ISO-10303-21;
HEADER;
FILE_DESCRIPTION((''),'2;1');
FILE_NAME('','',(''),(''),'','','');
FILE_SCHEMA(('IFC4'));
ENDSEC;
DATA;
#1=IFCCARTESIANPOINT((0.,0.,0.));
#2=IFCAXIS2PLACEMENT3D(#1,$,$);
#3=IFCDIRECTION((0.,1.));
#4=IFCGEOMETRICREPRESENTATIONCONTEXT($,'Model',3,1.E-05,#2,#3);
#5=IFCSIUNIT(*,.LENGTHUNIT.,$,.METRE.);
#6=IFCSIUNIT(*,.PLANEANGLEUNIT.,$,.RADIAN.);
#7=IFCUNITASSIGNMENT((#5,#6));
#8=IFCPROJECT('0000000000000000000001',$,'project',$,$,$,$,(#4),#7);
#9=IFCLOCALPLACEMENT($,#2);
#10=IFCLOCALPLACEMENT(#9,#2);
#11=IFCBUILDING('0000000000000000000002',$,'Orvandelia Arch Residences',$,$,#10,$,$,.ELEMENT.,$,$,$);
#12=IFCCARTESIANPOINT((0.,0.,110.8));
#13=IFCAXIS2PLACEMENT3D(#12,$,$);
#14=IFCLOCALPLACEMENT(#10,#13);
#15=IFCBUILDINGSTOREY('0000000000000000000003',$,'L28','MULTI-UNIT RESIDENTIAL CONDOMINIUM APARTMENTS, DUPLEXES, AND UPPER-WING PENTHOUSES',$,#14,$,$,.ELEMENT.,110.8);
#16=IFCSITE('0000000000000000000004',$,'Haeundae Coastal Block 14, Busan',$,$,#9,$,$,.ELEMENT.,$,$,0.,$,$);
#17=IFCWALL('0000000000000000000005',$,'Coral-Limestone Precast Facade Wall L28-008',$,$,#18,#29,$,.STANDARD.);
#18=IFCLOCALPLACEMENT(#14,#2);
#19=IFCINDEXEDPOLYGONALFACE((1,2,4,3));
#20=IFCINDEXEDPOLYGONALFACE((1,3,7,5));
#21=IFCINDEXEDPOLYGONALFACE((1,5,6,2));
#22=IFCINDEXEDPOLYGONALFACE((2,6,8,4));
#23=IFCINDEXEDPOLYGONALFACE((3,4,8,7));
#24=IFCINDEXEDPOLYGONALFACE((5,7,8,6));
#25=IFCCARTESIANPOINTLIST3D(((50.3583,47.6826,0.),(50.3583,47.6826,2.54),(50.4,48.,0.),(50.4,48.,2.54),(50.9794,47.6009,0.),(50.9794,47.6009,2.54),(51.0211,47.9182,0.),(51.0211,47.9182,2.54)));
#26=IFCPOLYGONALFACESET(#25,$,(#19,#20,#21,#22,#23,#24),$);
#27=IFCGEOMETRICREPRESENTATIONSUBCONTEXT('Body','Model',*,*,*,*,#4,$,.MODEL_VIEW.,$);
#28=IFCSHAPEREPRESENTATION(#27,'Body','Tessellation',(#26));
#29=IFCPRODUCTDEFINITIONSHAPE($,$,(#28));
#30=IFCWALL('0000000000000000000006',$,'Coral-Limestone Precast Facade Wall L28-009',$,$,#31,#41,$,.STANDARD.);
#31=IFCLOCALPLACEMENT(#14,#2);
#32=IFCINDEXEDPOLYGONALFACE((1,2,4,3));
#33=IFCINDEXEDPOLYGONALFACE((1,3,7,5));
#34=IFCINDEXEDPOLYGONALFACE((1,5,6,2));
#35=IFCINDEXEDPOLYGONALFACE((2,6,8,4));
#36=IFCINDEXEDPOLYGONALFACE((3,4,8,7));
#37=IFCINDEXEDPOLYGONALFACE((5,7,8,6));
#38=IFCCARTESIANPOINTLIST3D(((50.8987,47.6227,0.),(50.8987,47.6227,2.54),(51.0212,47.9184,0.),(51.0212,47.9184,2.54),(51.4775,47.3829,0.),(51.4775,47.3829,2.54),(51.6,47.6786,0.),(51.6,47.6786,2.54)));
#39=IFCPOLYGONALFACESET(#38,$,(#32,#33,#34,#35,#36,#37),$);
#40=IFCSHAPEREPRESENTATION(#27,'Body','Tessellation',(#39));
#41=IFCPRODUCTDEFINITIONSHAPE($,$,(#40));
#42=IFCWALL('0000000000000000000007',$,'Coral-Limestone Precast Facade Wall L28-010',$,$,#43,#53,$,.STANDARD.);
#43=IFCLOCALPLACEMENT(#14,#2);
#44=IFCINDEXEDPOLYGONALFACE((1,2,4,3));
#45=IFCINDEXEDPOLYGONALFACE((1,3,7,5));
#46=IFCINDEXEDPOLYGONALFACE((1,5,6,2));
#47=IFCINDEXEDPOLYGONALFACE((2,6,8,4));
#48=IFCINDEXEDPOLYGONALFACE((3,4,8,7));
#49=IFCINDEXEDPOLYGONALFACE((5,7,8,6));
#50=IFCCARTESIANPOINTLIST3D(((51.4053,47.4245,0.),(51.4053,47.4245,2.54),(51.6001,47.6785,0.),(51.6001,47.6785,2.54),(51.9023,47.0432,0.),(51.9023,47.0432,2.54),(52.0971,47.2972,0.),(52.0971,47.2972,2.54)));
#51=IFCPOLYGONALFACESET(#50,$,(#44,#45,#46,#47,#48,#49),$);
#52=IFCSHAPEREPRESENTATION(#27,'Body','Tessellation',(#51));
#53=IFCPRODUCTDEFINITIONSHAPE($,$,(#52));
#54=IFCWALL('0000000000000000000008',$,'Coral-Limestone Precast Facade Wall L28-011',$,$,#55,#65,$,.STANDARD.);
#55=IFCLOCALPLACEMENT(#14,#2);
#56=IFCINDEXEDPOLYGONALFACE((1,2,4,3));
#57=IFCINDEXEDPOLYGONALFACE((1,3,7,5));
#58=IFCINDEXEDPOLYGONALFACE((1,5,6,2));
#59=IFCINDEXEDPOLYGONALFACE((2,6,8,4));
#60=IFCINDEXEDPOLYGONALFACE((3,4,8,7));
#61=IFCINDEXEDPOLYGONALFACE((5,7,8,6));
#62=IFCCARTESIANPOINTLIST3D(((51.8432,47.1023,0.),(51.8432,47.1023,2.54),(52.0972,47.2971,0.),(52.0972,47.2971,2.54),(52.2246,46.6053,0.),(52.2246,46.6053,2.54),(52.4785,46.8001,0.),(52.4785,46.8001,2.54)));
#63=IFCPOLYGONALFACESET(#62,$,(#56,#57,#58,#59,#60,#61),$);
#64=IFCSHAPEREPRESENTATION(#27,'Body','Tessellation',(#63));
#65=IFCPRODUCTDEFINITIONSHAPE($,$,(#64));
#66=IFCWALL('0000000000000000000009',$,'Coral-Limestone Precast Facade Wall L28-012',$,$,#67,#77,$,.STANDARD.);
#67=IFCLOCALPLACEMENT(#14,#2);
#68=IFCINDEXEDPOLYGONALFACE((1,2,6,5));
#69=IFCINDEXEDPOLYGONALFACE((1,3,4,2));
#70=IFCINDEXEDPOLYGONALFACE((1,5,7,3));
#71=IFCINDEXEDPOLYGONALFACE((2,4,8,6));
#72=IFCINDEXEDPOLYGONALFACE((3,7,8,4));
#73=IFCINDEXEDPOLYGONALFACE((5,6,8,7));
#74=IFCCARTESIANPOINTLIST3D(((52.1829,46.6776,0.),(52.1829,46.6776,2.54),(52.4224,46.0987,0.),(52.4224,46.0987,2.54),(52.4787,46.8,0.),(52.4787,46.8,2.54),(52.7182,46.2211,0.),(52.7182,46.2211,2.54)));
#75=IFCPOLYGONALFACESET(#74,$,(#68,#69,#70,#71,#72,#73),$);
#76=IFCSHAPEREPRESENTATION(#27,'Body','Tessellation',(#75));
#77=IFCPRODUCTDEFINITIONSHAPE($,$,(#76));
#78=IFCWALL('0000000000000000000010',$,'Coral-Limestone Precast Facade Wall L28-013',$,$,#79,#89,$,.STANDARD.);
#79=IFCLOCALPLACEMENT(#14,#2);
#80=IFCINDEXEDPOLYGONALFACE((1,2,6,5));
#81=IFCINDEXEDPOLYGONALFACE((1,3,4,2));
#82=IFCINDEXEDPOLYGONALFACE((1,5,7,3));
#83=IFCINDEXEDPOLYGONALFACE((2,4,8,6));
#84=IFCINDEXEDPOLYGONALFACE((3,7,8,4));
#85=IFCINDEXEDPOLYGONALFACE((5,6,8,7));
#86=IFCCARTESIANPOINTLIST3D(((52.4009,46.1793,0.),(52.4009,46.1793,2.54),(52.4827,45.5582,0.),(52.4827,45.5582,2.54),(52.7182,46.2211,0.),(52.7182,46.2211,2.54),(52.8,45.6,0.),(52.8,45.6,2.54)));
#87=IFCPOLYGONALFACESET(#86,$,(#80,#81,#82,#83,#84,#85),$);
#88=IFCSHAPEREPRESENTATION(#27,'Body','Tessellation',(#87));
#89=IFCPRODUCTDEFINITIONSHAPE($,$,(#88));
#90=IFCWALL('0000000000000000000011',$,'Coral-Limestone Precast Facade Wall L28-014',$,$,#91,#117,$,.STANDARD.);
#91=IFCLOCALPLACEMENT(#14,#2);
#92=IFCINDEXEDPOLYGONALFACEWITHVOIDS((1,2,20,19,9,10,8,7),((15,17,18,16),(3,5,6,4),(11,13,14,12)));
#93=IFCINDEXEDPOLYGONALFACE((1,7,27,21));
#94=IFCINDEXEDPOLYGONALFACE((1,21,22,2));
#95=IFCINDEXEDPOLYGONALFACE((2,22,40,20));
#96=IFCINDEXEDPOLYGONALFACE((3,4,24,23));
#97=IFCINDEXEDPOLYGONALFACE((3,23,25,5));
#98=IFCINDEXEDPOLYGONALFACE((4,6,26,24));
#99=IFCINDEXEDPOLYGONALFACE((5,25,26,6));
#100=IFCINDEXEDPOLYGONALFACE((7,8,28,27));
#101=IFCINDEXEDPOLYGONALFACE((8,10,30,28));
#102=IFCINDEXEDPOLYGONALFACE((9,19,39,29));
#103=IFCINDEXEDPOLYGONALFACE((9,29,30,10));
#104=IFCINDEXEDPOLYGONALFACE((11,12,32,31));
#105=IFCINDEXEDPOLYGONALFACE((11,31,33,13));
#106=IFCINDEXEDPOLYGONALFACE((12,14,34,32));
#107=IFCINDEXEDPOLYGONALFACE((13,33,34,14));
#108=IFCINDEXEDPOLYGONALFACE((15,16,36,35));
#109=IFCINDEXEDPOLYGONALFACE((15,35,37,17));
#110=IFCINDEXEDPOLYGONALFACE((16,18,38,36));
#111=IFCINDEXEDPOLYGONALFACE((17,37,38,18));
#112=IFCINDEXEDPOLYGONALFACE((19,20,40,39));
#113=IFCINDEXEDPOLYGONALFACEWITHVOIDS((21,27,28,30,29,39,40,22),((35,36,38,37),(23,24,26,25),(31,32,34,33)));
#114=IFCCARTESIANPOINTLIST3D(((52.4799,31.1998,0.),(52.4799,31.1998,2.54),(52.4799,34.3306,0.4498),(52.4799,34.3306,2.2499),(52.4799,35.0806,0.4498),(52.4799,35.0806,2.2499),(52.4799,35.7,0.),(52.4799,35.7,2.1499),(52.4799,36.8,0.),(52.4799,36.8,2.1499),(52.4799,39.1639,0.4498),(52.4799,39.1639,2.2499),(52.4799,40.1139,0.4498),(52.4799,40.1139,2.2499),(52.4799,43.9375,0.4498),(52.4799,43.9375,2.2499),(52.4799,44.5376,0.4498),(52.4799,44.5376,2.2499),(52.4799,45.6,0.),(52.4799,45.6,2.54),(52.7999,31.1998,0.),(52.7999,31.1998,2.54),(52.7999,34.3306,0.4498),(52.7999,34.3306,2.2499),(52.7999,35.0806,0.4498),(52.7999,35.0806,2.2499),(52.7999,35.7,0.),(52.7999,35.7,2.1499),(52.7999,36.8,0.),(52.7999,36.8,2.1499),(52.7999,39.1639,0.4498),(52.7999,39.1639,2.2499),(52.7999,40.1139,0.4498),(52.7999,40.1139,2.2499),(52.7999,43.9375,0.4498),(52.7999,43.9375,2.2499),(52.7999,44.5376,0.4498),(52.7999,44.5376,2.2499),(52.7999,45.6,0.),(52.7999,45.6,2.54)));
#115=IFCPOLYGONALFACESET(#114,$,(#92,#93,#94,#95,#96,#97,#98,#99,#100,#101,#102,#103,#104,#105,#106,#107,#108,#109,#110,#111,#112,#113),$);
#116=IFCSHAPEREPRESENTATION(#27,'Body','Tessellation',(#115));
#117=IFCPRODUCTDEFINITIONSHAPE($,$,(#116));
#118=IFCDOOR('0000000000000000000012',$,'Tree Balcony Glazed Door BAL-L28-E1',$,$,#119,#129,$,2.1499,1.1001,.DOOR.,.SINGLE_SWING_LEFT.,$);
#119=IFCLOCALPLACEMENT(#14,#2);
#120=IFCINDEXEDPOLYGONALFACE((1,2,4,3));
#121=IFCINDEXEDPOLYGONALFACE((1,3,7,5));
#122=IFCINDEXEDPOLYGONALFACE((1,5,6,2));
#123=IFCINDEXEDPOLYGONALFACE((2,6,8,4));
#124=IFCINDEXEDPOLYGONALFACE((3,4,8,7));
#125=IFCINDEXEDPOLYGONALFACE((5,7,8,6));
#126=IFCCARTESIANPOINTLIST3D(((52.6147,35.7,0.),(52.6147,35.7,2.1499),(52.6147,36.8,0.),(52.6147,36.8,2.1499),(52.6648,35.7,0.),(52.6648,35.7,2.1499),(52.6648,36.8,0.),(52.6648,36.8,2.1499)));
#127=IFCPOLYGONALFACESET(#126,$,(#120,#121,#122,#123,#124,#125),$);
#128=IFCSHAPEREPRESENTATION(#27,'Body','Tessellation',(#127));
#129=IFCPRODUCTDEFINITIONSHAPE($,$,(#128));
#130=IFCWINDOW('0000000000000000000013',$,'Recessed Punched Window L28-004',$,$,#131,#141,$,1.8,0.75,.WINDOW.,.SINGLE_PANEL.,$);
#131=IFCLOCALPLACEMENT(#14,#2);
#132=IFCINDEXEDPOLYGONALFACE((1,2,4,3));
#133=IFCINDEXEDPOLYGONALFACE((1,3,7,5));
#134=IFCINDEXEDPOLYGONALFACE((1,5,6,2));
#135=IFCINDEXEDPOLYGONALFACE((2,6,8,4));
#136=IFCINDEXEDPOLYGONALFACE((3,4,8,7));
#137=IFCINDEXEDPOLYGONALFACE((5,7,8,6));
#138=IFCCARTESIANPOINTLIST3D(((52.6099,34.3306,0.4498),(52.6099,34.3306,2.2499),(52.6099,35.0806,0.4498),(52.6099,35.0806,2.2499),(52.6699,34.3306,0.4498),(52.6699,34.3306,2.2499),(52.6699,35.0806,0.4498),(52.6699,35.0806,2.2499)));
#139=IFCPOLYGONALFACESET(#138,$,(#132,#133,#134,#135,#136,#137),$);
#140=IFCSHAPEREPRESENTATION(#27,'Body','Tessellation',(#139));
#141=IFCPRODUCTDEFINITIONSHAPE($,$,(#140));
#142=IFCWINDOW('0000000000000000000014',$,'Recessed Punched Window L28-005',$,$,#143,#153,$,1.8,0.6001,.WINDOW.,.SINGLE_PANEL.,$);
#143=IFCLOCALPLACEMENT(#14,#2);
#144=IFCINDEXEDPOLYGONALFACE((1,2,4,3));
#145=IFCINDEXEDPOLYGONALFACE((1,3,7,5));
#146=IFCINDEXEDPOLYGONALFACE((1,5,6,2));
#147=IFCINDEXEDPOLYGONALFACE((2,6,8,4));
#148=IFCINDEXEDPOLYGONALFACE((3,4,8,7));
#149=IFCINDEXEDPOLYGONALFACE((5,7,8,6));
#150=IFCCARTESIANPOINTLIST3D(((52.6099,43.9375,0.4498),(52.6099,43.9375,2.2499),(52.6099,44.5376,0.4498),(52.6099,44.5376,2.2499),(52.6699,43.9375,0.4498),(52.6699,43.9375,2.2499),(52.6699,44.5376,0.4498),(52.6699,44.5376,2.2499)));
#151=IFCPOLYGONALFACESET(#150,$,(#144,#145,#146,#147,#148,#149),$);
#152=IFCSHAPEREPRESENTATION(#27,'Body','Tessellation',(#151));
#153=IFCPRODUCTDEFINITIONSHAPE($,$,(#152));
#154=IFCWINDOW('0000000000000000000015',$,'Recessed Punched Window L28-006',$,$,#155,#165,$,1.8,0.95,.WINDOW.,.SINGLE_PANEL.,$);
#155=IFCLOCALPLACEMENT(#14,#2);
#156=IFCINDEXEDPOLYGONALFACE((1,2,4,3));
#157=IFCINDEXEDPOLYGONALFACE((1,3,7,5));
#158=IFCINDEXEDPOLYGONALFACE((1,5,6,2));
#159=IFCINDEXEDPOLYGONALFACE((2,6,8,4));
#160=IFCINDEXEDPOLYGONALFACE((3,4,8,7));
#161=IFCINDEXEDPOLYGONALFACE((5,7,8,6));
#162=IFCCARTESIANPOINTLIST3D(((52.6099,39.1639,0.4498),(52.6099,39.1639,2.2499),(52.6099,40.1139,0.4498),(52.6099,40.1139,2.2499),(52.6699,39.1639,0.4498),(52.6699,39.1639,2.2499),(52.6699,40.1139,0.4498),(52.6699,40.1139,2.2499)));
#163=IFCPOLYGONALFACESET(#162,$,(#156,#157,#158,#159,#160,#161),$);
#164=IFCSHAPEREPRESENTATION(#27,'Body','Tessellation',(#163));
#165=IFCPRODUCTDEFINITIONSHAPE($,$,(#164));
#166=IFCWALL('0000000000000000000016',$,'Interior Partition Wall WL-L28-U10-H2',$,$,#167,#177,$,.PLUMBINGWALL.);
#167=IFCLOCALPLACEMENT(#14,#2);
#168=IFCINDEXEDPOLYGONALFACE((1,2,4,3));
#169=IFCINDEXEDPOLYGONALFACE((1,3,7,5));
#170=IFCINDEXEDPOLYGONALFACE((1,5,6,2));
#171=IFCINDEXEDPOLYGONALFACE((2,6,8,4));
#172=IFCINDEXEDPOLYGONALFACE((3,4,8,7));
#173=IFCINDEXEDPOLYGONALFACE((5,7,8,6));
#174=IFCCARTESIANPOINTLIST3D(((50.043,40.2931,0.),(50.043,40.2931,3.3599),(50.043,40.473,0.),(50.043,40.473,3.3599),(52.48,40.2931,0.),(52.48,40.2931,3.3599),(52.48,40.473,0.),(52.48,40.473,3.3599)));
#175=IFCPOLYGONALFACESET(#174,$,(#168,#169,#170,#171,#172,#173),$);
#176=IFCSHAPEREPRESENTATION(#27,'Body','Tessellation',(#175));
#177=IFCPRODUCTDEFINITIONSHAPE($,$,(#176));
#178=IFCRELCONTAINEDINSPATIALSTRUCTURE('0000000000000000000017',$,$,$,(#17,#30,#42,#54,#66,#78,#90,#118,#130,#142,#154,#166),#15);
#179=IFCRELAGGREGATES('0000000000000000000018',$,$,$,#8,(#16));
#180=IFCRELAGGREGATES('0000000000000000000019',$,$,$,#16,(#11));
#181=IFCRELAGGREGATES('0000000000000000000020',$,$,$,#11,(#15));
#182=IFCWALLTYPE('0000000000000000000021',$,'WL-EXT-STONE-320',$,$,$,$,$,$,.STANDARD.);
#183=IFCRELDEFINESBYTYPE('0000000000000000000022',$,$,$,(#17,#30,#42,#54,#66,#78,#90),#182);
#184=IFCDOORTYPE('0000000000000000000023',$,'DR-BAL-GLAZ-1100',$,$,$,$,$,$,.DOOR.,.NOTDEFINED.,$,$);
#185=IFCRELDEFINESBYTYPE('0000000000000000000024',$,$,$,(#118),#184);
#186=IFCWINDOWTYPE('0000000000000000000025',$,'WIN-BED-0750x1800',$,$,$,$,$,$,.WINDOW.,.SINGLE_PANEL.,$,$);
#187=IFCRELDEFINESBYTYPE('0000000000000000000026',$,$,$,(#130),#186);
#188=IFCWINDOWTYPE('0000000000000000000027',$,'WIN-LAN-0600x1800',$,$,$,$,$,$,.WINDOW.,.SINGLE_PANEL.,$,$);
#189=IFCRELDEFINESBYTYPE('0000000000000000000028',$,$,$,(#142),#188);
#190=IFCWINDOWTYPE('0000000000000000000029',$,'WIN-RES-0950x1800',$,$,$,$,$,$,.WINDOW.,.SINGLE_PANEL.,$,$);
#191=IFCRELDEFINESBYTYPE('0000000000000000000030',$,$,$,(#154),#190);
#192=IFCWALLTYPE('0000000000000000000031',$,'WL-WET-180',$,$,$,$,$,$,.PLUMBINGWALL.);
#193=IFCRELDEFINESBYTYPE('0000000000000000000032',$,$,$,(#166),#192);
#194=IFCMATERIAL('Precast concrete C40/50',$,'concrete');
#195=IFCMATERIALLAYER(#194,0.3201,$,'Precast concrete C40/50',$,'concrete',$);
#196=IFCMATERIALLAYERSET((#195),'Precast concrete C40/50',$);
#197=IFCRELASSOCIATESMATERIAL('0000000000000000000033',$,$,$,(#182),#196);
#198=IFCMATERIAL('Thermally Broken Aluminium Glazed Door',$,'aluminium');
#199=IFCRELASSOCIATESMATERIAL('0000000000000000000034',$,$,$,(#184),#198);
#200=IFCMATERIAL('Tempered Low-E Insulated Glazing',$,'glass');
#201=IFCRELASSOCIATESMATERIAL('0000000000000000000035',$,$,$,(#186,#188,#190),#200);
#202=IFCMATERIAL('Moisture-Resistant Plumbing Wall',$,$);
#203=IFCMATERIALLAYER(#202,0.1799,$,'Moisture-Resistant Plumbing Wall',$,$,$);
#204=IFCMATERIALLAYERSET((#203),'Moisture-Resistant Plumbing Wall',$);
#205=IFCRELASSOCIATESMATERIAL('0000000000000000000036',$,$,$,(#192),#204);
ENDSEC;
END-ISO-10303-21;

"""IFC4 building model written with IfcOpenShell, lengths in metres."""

from ifc_helpers import new_model, si_unit, direction, frame, frame_2d, origin, place, context, subcontext, project, spatial, rectangle, extrude, material, layer, layer_set, type_object, element, fill, save


model = new_model("IFC4")

# Units and contexts
model_context = context("Model", 3, precision=1e-05, world=origin(), true_north=direction((0.0, 1.0)))
body_context = subcontext(model_context, "Body", "Model", "MODEL_VIEW")
ifc_project = project(units=[si_unit("LENGTHUNIT", "METRE"), si_unit("PLANEANGLEUNIT", "RADIAN")], contexts=[model_context])

# Site, building, storey
site_placement = place(None, origin())
site = spatial("IfcSite", under=ifc_project, at=site_placement, Name="Haeundae Coastal Block 14, Busan", CompositionType="ELEMENT", RefElevation=0.0)
building_placement = place(site_placement, origin())
building = spatial("IfcBuilding", under=site, at=building_placement, Name="Orvandelia Arch Residences", CompositionType="ELEMENT")
storey_placement = place(building_placement, frame((0.0, 0.0, 110.8)))
storey = spatial("IfcBuildingStorey", under=building, at=storey_placement, Name="L28", Description="MULTI-UNIT RESIDENTIAL CONDOMINIUM APARTMENTS, DUPLEXES, AND UPPER-WING PENTHOUSES", CompositionType="ELEMENT", Elevation=110.8)

# Walls
ifc_material_1 = material(Name="Precast concrete C40/50", Category="concrete")
ifc_layer_1 = layer(ifc_material_1, 0.3201, Name="Precast concrete C40/50", Category="concrete")
ifc_layer_set_1 = layer_set([ifc_layer_1], Name="Precast concrete C40/50")
wall_type_1 = type_object("IfcWallType", Name="WL-EXT-STONE-320", PredefinedType="STANDARD", material=ifc_layer_set_1)
for number, where, z_axis, x_axis, name in (
    (1, (50.3792, 47.8413, 0.0), (0.0, 0.0, 1.0), (0.991441, -0.130555, 0.0), "Coral-Limestone Precast Facade Wall L28-008"),
    (2, (50.96, 47.7705, 0.0), (0.0, 0.0, 1.0), (0.923893, -0.38265, 0.0), "Coral-Limestone Precast Facade Wall L28-009"),
    (3, (51.5027, 47.5515, 0.0), (0.0, 0.0, 1.0), (0.793406, -0.608693, 0.0), "Coral-Limestone Precast Facade Wall L28-010"),
    (4, (51.9702, 47.1997, 0.0), (0.0, 0.0, 1.0), (0.608693, -0.793406, 0.0), "Coral-Limestone Precast Facade Wall L28-011"),
    (5, (52.3308, 46.7388, 0.0), (0.0, 0.0, 1.0), (0.382317, -0.924031, 0.0), "Coral-Limestone Precast Facade Wall L28-012"),
    (6, (52.5596, 46.2002, 0.0), (0.0, 0.0, 1.0), (0.130555, -0.991441, 0.0), "Coral-Limestone Precast Facade Wall L28-013"),
):
    element("IfcWall", number, at=place(storey_placement, frame(where, z_axis=z_axis, x_axis=x_axis)), inside=storey, type_object=wall_type_1, Name=name, PredefinedType="STANDARD", context=body_context, shape_type="SweptSolid", body=[
        extrude(rectangle(XDim=0.6265, YDim=0.3201, at=frame_2d((0.3132, 0.0))), origin(), (0.0, 0.0, 1.0), 2.54),
    ])

# Wall, openings, door, windows
wall_1_placement = place(storey_placement, frame((52.6399, 45.6001, 0.0), z_axis=(0.0, 0.0, 1.0), x_axis=(0.0, -1.0, 0.0)))
wall_1 = element("IfcWall", 7, at=wall_1_placement, inside=storey, type_object=wall_type_1, Name="Coral-Limestone Precast Facade Wall L28-014", PredefinedType="STANDARD", context=body_context, shape_type="SweptSolid", body=[
    extrude(rectangle(XDim=14.4001, YDim=0.3201, at=frame_2d((7.2002, 0.0))), origin(), (0.0, 0.0, 1.0), 2.54),
])
opening_1_placement = place(wall_1_placement, frame((8.8, 0.0, 0.0)))
opening_1 = element("IfcOpeningElement", 8, at=opening_1_placement, cuts=wall_1, PredefinedType="OPENING", context=body_context, shape_type="SweptSolid", body=[
    extrude(rectangle(XDim=1.1001, YDim=2.1499, at=frame_2d((0.55, 1.075))), frame((0.0, 0.1699, 0.0), z_axis=(0.0, -1.0, 0.0), x_axis=(1.0, 0.0, 0.0)), (0.0, 0.0, 1.0), 0.3401),
])
opening_2_placement = place(wall_1_placement, frame((10.5195, 0.0, 0.45)))
opening_2 = element("IfcOpeningElement", 9, at=opening_2_placement, cuts=wall_1, PredefinedType="OPENING", context=body_context, shape_type="SweptSolid", body=[
    extrude(rectangle(XDim=0.75, YDim=1.8, at=frame_2d((0.375, 0.8999))), frame((0.0, 0.1699, 0.0), z_axis=(0.0, -1.0, 0.0), x_axis=(1.0, 0.0, 0.0)), (0.0, 0.0, 1.0), 0.3401),
])
opening_3_placement = place(wall_1_placement, frame((1.0625, 0.0, 0.45)))
opening_3 = element("IfcOpeningElement", 10, at=opening_3_placement, cuts=wall_1, PredefinedType="OPENING", context=body_context, shape_type="SweptSolid", body=[
    extrude(rectangle(XDim=0.6001, YDim=1.8, at=frame_2d((0.3, 0.8999))), frame((0.0, 0.1699, 0.0), z_axis=(0.0, -1.0, 0.0), x_axis=(1.0, 0.0, 0.0)), (0.0, 0.0, 1.0), 0.3401),
])
opening_4_placement = place(wall_1_placement, frame((5.4861, 0.0, 0.45)))
opening_4 = element("IfcOpeningElement", 11, at=opening_4_placement, cuts=wall_1, PredefinedType="OPENING", context=body_context, shape_type="SweptSolid", body=[
    extrude(rectangle(XDim=0.95, YDim=1.8, at=frame_2d((0.4751, 0.8999))), frame((0.0, 0.1699, 0.0), z_axis=(0.0, -1.0, 0.0), x_axis=(1.0, 0.0, 0.0)), (0.0, 0.0, 1.0), 0.3401),
])
ifc_material_2 = material(Name="Thermally Broken Aluminium Glazed Door", Category="aluminium")
door_type_1 = type_object("IfcDoorType", Name="DR-BAL-GLAZ-1100", OperationType="NOTDEFINED", PredefinedType="DOOR", material=ifc_material_2)
door_1_placement = place(opening_1_placement, origin())
door_1 = element("IfcDoor", 12, at=door_1_placement, inside=storey, type_object=door_type_1, Name="Tree Balcony Glazed Door BAL-L28-E1", OperationType="SINGLE_SWING_LEFT", OverallHeight=2.1499, OverallWidth=1.1001, PredefinedType="DOOR", context=body_context, shape_type="SweptSolid", body=[
    extrude(rectangle(XDim=1.1001, YDim=2.1499, at=frame_2d((0.55, 1.075))), frame((0.0, 0.0249, 0.0), z_axis=(0.0, -1.0, 0.0), x_axis=(1.0, 0.0, 0.0)), (0.0, 0.0, 1.0), 0.05),
])
fill(opening_1, door_1)
ifc_material_3 = material(Name="Tempered Low-E Insulated Glazing", Category="glass")
window_type_1 = type_object("IfcWindowType", Name="WIN-BED-0750x1800", PartitioningType="SINGLE_PANEL", PredefinedType="WINDOW", material=ifc_material_3)
window_1_placement = place(opening_2_placement, origin())
window_1 = element("IfcWindow", 13, at=window_1_placement, inside=storey, type_object=window_type_1, Name="Recessed Punched Window L28-004", OverallHeight=1.8, OverallWidth=0.75, PartitioningType="SINGLE_PANEL", PredefinedType="WINDOW", context=body_context, shape_type="SweptSolid", body=[
    extrude(rectangle(XDim=0.75, YDim=1.8, at=frame_2d((0.375, 0.8999))), frame((0.0, 0.03, 0.0), z_axis=(0.0, -1.0, 0.0), x_axis=(1.0, 0.0, 0.0)), (0.0, 0.0, 1.0), 0.0601),
])
fill(opening_2, window_1)
window_type_2 = type_object("IfcWindowType", Name="WIN-LAN-0600x1800", PartitioningType="SINGLE_PANEL", PredefinedType="WINDOW", material=ifc_material_3)
window_2_placement = place(opening_3_placement, origin())
window_2 = element("IfcWindow", 14, at=window_2_placement, inside=storey, type_object=window_type_2, Name="Recessed Punched Window L28-005", OverallHeight=1.8, OverallWidth=0.6001, PartitioningType="SINGLE_PANEL", PredefinedType="WINDOW", context=body_context, shape_type="SweptSolid", body=[
    extrude(rectangle(XDim=0.6001, YDim=1.8, at=frame_2d((0.3, 0.8999))), frame((0.0, 0.03, 0.0), z_axis=(0.0, -1.0, 0.0), x_axis=(1.0, 0.0, 0.0)), (0.0, 0.0, 1.0), 0.0601),
])
fill(opening_3, window_2)
window_type_3 = type_object("IfcWindowType", Name="WIN-RES-0950x1800", PartitioningType="SINGLE_PANEL", PredefinedType="WINDOW", material=ifc_material_3)
window_3_placement = place(opening_4_placement, origin())
window_3 = element("IfcWindow", 15, at=window_3_placement, inside=storey, type_object=window_type_3, Name="Recessed Punched Window L28-006", OverallHeight=1.8, OverallWidth=0.95, PartitioningType="SINGLE_PANEL", PredefinedType="WINDOW", context=body_context, shape_type="SweptSolid", body=[
    extrude(rectangle(XDim=0.95, YDim=1.8, at=frame_2d((0.4751, 0.8999))), frame((0.0, 0.03, 0.0), z_axis=(0.0, -1.0, 0.0), x_axis=(1.0, 0.0, 0.0)), (0.0, 0.0, 1.0), 0.0601),
])
fill(opening_4, window_3)

# Wall
ifc_material_4 = material(Name="Moisture-Resistant Plumbing Wall")
ifc_layer_2 = layer(ifc_material_4, 0.1799, Name="Moisture-Resistant Plumbing Wall")
ifc_layer_set_2 = layer_set([ifc_layer_2], Name="Moisture-Resistant Plumbing Wall")
wall_type_2 = type_object("IfcWallType", Name="WL-WET-180", PredefinedType="PLUMBINGWALL", material=ifc_layer_set_2)
wall_2_placement = place(storey_placement, frame((50.043, 40.3831, 0.0), z_axis=(0.0, 0.0, 1.0), x_axis=(1.0, 0.0, 0.0)))
element("IfcWall", 16, at=wall_2_placement, inside=storey, type_object=wall_type_2, Name="Interior Partition Wall WL-L28-U10-H2", PredefinedType="PLUMBINGWALL", context=body_context, shape_type="SweptSolid", body=[
    extrude(rectangle(XDim=2.437, YDim=0.1799, at=frame_2d((1.2185, 0.0))), origin(), (0.0, 0.0, 1.0), 3.3599),
])

save(model, "model.ifc")
